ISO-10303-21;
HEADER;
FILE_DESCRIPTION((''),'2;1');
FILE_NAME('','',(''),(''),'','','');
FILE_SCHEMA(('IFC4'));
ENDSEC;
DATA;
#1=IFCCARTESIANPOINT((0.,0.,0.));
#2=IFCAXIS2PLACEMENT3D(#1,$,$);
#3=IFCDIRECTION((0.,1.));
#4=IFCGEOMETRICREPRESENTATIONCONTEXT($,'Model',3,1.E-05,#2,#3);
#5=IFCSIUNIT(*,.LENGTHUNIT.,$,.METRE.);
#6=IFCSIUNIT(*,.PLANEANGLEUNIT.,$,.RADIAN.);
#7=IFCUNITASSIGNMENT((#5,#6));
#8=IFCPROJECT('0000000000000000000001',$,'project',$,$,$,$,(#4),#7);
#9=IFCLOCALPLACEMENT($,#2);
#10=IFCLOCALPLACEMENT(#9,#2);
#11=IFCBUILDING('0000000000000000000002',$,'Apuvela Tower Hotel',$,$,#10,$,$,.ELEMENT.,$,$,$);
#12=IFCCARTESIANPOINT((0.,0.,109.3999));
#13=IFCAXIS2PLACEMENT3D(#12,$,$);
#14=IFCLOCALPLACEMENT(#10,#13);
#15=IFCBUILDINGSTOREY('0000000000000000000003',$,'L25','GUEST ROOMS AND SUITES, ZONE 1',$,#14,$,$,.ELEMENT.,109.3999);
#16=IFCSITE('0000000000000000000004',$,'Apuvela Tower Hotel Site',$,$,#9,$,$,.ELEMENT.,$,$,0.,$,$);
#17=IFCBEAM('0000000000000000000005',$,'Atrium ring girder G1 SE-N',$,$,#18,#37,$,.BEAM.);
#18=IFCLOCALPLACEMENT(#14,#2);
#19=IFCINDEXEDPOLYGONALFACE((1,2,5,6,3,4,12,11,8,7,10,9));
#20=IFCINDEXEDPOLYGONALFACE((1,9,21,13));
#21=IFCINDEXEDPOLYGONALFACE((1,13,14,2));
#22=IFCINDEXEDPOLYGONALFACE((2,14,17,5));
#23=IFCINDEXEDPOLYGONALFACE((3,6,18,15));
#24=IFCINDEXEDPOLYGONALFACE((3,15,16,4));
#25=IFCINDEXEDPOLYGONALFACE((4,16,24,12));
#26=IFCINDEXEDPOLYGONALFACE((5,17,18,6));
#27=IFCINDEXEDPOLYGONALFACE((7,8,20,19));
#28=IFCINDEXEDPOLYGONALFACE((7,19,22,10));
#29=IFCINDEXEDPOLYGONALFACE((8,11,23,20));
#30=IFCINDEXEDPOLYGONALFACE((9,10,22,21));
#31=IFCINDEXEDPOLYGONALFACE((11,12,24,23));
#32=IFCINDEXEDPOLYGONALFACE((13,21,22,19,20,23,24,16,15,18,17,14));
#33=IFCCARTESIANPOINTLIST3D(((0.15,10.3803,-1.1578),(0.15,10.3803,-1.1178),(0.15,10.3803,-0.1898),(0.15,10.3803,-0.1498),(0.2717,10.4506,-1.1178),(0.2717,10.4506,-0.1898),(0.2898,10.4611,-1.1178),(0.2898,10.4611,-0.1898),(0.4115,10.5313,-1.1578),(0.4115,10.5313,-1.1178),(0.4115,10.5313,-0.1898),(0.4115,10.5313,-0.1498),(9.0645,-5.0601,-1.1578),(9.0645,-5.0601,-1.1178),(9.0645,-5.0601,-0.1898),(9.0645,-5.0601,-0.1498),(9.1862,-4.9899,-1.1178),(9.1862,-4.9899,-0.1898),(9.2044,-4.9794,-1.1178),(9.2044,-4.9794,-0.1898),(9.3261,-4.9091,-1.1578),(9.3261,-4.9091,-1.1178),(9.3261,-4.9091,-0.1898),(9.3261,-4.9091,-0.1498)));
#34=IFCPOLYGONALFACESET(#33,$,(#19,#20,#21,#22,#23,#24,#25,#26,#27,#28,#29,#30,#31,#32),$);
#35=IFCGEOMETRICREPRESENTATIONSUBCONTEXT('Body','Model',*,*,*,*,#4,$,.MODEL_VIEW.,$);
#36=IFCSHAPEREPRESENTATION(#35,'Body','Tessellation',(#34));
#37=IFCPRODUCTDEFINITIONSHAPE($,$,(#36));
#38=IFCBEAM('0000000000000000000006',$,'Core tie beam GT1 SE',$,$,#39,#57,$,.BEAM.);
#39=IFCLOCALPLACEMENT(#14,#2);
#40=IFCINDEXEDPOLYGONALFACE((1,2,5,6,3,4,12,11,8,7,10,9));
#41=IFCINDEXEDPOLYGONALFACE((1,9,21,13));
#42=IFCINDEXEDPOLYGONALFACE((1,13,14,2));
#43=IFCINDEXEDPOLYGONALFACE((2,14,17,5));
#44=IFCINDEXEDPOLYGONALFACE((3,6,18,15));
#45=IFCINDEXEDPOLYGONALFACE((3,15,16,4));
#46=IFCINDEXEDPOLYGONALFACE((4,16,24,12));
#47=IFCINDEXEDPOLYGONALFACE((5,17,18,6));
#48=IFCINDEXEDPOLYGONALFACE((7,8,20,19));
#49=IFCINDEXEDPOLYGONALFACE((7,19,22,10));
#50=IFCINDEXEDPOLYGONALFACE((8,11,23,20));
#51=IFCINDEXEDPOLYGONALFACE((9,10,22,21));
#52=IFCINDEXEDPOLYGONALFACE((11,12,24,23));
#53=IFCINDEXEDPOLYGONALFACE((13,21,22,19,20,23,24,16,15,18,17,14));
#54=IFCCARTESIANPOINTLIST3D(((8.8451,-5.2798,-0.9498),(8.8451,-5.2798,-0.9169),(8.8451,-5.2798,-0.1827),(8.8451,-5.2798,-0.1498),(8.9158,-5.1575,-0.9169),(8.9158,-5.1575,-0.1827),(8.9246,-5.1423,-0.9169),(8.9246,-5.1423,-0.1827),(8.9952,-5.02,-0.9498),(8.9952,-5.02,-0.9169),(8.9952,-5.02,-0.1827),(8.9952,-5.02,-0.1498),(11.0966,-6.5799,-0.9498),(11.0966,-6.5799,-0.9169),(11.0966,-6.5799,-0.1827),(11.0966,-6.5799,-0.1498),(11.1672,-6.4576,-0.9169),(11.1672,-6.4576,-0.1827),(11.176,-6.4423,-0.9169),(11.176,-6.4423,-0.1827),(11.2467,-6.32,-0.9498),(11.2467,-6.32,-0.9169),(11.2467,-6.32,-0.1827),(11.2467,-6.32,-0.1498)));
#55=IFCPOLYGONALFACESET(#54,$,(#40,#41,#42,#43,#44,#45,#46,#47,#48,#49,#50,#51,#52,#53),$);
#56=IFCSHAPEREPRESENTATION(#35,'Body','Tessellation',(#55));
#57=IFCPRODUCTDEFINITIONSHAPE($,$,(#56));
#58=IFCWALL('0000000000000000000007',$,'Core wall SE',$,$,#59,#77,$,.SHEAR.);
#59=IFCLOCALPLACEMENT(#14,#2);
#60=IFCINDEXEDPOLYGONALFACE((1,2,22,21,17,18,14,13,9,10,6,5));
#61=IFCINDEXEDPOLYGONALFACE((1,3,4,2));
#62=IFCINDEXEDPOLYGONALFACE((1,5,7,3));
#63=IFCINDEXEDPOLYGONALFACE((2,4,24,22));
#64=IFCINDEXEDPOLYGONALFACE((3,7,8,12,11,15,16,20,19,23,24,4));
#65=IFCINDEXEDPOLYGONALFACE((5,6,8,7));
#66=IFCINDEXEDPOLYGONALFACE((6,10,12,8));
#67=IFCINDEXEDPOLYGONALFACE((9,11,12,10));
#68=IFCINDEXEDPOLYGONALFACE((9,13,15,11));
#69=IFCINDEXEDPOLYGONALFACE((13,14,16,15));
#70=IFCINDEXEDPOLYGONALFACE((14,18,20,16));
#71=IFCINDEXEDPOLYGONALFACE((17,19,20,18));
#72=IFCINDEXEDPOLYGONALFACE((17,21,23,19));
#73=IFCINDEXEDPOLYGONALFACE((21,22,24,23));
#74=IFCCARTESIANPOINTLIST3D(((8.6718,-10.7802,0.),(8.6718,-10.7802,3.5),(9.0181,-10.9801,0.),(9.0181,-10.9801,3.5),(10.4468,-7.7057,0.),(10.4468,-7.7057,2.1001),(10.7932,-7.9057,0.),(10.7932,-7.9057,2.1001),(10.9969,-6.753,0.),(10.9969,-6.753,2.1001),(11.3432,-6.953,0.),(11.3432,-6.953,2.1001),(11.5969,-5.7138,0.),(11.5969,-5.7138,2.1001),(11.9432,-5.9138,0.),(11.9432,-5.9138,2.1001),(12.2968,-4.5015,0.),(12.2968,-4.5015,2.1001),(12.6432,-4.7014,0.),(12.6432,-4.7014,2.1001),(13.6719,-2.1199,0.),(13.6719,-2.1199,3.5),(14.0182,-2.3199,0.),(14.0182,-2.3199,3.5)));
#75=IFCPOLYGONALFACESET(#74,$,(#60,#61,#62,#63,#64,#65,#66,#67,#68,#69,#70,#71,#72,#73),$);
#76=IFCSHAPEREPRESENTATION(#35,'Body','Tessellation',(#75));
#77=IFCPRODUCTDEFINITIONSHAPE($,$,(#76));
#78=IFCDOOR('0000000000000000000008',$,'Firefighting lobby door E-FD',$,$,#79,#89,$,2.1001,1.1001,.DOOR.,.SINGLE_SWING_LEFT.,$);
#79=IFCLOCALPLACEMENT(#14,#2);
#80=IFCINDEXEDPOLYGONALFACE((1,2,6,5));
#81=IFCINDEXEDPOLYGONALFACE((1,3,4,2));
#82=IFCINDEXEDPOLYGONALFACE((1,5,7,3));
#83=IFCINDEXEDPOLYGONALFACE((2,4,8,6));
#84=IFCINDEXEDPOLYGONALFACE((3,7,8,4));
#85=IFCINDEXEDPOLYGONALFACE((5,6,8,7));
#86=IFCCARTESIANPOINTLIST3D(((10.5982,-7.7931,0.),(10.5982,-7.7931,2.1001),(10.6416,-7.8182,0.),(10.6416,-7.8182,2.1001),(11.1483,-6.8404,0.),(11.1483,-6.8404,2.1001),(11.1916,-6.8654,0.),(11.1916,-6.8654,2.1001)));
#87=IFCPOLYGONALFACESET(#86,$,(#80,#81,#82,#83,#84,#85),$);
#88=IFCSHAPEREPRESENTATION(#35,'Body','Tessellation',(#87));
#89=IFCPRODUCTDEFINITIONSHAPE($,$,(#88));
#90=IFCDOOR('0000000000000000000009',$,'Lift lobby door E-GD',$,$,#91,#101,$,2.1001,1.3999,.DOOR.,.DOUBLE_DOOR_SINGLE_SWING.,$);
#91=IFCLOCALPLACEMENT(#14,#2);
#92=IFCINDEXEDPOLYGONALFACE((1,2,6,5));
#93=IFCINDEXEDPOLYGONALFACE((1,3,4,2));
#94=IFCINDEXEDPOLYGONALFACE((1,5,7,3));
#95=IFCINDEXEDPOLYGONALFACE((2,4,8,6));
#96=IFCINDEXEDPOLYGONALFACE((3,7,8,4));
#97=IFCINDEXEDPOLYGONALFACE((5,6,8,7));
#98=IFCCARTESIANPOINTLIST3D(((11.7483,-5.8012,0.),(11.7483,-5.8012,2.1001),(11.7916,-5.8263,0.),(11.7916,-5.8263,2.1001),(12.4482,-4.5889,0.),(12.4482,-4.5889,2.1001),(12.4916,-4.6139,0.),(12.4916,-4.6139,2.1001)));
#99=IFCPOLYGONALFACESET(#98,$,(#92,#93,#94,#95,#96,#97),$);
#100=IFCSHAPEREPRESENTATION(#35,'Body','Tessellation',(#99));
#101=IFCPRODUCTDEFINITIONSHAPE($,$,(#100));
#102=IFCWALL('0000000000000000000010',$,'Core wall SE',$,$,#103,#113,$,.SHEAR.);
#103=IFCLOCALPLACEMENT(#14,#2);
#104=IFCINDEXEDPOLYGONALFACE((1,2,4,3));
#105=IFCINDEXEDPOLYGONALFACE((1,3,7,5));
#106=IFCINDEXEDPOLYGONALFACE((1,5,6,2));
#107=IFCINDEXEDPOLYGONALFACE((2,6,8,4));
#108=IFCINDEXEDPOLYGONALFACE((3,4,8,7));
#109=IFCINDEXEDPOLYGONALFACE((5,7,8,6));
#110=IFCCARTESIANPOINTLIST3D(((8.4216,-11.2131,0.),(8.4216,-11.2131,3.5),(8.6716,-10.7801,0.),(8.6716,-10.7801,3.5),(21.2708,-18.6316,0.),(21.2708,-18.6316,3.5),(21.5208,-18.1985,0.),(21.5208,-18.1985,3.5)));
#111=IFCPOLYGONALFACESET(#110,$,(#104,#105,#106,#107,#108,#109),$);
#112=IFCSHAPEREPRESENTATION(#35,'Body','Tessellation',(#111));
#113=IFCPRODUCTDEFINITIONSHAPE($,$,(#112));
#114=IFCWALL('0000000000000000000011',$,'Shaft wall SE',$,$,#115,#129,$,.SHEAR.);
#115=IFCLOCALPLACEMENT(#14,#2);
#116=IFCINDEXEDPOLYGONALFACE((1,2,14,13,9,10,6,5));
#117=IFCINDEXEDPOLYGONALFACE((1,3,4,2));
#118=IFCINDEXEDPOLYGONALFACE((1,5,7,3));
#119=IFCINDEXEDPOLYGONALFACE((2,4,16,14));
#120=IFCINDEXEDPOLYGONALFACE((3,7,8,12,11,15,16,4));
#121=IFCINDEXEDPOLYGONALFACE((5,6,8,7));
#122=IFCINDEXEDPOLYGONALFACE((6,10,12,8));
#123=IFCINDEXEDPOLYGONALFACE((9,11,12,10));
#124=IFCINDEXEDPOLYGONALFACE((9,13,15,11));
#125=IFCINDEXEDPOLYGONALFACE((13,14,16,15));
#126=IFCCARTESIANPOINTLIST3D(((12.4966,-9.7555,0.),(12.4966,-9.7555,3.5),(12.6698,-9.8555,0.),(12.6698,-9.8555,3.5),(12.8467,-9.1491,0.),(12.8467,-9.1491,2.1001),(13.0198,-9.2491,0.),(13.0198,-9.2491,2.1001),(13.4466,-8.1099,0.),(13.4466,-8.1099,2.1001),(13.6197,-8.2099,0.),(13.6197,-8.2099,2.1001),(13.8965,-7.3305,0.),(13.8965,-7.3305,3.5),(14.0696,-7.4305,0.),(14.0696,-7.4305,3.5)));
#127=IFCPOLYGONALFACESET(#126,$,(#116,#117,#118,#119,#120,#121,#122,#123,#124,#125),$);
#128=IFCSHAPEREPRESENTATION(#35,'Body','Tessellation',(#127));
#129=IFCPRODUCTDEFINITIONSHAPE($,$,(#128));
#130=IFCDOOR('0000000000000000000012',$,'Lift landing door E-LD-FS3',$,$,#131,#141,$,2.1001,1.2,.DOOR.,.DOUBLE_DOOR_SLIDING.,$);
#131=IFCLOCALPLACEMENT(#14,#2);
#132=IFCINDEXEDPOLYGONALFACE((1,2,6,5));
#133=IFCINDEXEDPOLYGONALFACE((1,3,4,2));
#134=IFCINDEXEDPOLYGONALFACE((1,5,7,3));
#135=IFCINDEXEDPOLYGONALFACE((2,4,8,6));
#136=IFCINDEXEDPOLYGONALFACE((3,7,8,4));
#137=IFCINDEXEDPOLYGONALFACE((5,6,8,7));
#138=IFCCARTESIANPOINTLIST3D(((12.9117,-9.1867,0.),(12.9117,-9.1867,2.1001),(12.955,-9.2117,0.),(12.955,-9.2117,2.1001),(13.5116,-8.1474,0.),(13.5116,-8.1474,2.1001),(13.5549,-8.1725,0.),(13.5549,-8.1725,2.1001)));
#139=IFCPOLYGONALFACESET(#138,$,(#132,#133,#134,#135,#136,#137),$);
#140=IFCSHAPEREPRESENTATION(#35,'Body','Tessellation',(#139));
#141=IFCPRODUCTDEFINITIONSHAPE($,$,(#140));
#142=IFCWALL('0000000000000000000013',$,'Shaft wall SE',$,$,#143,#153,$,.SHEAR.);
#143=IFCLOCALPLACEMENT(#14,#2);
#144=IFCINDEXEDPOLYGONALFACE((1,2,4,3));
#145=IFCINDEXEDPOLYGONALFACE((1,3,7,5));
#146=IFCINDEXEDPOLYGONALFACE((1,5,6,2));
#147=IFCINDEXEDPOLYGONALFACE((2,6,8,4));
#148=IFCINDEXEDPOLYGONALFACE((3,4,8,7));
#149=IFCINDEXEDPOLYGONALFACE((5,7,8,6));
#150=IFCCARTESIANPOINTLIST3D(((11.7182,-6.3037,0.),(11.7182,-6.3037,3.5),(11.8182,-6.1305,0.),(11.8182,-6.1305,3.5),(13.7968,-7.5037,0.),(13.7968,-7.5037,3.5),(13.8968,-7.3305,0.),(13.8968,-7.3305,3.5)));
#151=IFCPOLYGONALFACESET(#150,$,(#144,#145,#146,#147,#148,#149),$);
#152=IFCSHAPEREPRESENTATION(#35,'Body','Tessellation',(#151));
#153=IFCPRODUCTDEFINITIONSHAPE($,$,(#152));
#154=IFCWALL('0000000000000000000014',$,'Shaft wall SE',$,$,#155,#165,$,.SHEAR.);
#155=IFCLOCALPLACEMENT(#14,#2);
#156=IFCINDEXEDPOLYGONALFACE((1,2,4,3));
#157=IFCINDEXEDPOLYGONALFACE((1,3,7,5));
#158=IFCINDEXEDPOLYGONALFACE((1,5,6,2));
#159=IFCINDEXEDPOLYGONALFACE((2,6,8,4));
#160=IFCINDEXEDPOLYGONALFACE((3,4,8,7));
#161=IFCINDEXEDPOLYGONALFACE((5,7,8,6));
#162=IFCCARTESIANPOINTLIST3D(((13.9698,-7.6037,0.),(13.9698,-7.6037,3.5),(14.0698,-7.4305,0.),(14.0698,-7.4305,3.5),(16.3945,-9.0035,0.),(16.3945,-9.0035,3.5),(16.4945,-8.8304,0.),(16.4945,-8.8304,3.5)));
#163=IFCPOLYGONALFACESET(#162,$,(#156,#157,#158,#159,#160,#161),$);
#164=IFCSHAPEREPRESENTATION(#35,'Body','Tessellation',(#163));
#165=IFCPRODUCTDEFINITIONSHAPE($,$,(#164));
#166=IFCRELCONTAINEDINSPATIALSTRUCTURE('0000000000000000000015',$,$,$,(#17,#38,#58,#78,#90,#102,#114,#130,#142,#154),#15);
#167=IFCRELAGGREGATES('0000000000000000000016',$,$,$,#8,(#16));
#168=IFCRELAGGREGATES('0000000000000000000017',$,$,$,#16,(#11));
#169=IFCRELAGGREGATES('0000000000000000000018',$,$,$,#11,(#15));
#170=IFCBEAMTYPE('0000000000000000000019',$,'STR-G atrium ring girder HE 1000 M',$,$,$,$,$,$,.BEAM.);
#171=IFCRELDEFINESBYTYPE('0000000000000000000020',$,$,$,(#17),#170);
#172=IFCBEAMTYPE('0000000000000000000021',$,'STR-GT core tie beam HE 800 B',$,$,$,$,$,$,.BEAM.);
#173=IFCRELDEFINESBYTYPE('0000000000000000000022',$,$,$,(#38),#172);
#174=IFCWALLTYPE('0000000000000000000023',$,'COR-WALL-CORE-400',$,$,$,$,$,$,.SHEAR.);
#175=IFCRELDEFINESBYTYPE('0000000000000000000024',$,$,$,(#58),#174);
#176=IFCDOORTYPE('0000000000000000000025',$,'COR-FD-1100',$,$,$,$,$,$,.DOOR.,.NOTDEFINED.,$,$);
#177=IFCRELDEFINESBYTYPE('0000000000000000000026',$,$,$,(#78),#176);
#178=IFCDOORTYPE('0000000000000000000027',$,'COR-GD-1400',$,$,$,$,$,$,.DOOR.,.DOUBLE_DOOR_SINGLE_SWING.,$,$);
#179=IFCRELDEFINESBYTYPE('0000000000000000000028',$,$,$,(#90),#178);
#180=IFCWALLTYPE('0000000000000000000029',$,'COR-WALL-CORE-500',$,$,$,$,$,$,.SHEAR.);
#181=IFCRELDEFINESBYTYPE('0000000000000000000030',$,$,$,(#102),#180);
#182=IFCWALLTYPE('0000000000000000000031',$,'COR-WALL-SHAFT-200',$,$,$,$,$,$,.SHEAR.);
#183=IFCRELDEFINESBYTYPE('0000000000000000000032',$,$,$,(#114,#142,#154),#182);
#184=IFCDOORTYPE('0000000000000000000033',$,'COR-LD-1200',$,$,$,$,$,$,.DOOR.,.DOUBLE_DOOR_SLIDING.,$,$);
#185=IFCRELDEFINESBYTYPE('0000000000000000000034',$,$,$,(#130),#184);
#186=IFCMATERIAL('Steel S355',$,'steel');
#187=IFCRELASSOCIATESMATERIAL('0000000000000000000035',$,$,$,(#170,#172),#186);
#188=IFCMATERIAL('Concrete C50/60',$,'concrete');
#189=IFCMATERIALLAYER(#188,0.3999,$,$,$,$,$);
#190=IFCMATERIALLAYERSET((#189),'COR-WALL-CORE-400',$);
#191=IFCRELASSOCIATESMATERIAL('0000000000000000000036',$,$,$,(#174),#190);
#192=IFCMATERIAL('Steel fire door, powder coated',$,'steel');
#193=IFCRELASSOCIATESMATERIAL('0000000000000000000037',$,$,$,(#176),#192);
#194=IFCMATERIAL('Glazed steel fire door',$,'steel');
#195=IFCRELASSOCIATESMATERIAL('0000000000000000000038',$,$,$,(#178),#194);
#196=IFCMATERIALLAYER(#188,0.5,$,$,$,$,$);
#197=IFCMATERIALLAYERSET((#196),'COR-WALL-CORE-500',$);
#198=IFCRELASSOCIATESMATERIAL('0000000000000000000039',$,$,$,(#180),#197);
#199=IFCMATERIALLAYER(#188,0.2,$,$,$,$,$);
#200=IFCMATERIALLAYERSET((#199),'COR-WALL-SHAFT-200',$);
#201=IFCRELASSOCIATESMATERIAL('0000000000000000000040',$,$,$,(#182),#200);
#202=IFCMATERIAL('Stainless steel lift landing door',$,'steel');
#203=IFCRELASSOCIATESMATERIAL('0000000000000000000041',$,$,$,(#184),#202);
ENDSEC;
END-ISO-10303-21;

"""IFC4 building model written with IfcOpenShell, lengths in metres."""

from ifc_helpers import new_model, si_unit, direction, frame, frame_2d, origin, origin_2d, place, context, subcontext, project, spatial, rectangle, i_section, extrude, material, layer, layer_set, material_profile, profile_set, type_object, element, fill, save


model = new_model("IFC4")

# Units and contexts
model_context = context("Model", 3, precision=1e-05, world=origin(), true_north=direction((0.0, 1.0)))
body_context = subcontext(model_context, "Body", "Model", "MODEL_VIEW")
ifc_project = project(units=[si_unit("LENGTHUNIT", "METRE"), si_unit("PLANEANGLEUNIT", "RADIAN")], contexts=[model_context])

# Site, building, storey
site_placement = place(None, origin())
site = spatial("IfcSite", under=ifc_project, at=site_placement, Name="Apuvela Tower Hotel Site", CompositionType="ELEMENT", RefElevation=0.0)
building_placement = place(site_placement, origin())
building = spatial("IfcBuilding", under=site, at=building_placement, Name="Apuvela Tower Hotel", CompositionType="ELEMENT")
storey_placement = place(building_placement, frame((0.0, 0.0, 109.3999)))
storey = spatial("IfcBuildingStorey", under=building, at=storey_placement, Name="L25", Description="GUEST ROOMS AND SUITES, ZONE 1", CompositionType="ELEMENT", Elevation=109.3999)

# Beams
ifc_material_1 = material(Name="Steel S355", Category="steel")
ifc_material_profile_1 = material_profile(ifc_material_1, i_section(OverallWidth=0.302, OverallDepth=1.0081, WebThickness=0.021, FlangeThickness=0.04, at=origin_2d()), Name="HE 1000 M")
ifc_profile_set_1 = profile_set([ifc_material_profile_1], Name="Steel S355")
beam_type_1 = type_object("IfcBeamType", Name="STR-G atrium ring girder HE 1000 M", PredefinedType="BEAM", material=ifc_profile_set_1)
beam_1_placement = place(storey_placement, frame((9.1953, -4.9846, -0.6538), z_axis=(-0.500001, 0.866025, 0.0), x_axis=(-0.866025, -0.500001, 0.0)))
element("IfcBeam", 1, at=beam_1_placement, inside=storey, type_object=beam_type_1, Name="Atrium ring girder G1 SE-N", PredefinedType="BEAM", context=body_context, shape_type="SweptSolid", body=[
    extrude(i_section(OverallWidth=0.302, OverallDepth=1.0081, WebThickness=0.021, FlangeThickness=0.04, at=origin_2d()), origin(), (0.0, 0.0, 1.0), 17.8291),
])
ifc_material_profile_2 = material_profile(ifc_material_1, i_section(OverallWidth=0.3, OverallDepth=0.8, WebThickness=0.0176, FlangeThickness=0.033, at=origin_2d()), Name="HE 800 B")
ifc_profile_set_2 = profile_set([ifc_material_profile_2], Name="Steel S355")
beam_type_2 = type_object("IfcBeamType", Name="STR-GT core tie beam HE 800 B", PredefinedType="BEAM", material=ifc_profile_set_2)
beam_2_placement = place(storey_placement, frame((11.1716, -6.45, -0.5498), z_axis=(-0.865998, 0.500048, 0.0), x_axis=(-0.500048, -0.865998, 0.0)))
element("IfcBeam", 2, at=beam_2_placement, inside=storey, type_object=beam_type_2, Name="Core tie beam GT1 SE", PredefinedType="BEAM", context=body_context, shape_type="SweptSolid", body=[
    extrude(i_section(OverallWidth=0.3, OverallDepth=0.8, WebThickness=0.0176, FlangeThickness=0.033, at=origin_2d()), origin(), (0.0, 0.0, 1.0), 2.5999),
])

# Wall, openings, doors
ifc_material_2 = material(Name="Concrete C50/60", Category="concrete")
ifc_layer_1 = layer(ifc_material_2, 0.3999)
ifc_layer_set_1 = layer_set([ifc_layer_1], Name="COR-WALL-CORE-400")
wall_type_1 = type_object("IfcWallType", Name="COR-WALL-CORE-400", PredefinedType="SHEAR", material=ifc_layer_set_1)
wall_1_placement = place(storey_placement, frame((8.845, -10.8801, 0.0), z_axis=(0.0, 0.0, 1.0), x_axis=(0.500004, 0.866023, 0.0)))
wall_1 = element("IfcWall", 3, at=wall_1_placement, inside=storey, type_object=wall_type_1, Name="Core wall SE", PredefinedType="SHEAR", context=body_context, shape_type="SweptSolid", body=[
    extrude(rectangle(XDim=10.0, YDim=0.3999, at=frame_2d((5.0, 0.0))), origin(), (0.0, 0.0, 1.0), 3.5),
])
opening_1_placement = place(wall_1_placement, frame((3.55, 0.0, 0.0)))
opening_1 = element("IfcOpeningElement", 4, at=opening_1_placement, cuts=wall_1, PredefinedType="OPENING", context=body_context, shape_type="SweptSolid", body=[
    extrude(rectangle(XDim=1.1001, YDim=2.1001, at=frame_2d((0.55, 1.05))), frame((0.0, 0.21, 0.0), z_axis=(0.0, -1.0, 0.0), x_axis=(1.0, 0.0, 0.0)), (0.0, 0.0, 1.0), 0.4199),
])
opening_2_placement = place(wall_1_placement, frame((5.8501, 0.0, 0.0)))
opening_2 = element("IfcOpeningElement", 5, at=opening_2_placement, cuts=wall_1, PredefinedType="OPENING", context=body_context, shape_type="SweptSolid", body=[
    extrude(rectangle(XDim=1.3999, YDim=2.1001, at=frame_2d((0.7, 1.05))), frame((0.0, 0.21, 0.0), z_axis=(0.0, -1.0, 0.0), x_axis=(1.0, 0.0, 0.0)), (0.0, 0.0, 1.0), 0.4199),
])
ifc_material_3 = material(Name="Steel fire door, powder coated", Category="steel")
door_type_1 = type_object("IfcDoorType", Name="COR-FD-1100", OperationType="NOTDEFINED", PredefinedType="DOOR", material=ifc_material_3)
door_1_placement = place(opening_1_placement, frame((1.1001, 0.0, 0.0), z_axis=(0.0, 0.0, 1.0), x_axis=(-1.0, 0.0, 0.0)))
door_1 = element("IfcDoor", 6, at=door_1_placement, inside=storey, type_object=door_type_1, Name="Firefighting lobby door E-FD", OperationType="SINGLE_SWING_LEFT", OverallHeight=2.1001, OverallWidth=1.1001, PredefinedType="DOOR", context=body_context, shape_type="SweptSolid", body=[
    extrude(rectangle(XDim=1.1001, YDim=2.1001, at=frame_2d((0.55, 1.05))), frame((0.0, 0.0249, 0.0), z_axis=(0.0, -1.0, 0.0), x_axis=(1.0, 0.0, 0.0)), (0.0, 0.0, 1.0), 0.05),
])
fill(opening_1, door_1)
ifc_material_4 = material(Name="Glazed steel fire door", Category="steel")
door_type_2 = type_object("IfcDoorType", Name="COR-GD-1400", OperationType="DOUBLE_DOOR_SINGLE_SWING", PredefinedType="DOOR", material=ifc_material_4)
door_2_placement = place(opening_2_placement, frame((1.3999, 0.0, 0.0), z_axis=(0.0, 0.0, 1.0), x_axis=(-1.0, 0.0, 0.0)))
door_2 = element("IfcDoor", 7, at=door_2_placement, inside=storey, type_object=door_type_2, Name="Lift lobby door E-GD", OperationType="DOUBLE_DOOR_SINGLE_SWING", OverallHeight=2.1001, OverallWidth=1.3999, PredefinedType="DOOR", context=body_context, shape_type="SweptSolid", body=[
    extrude(rectangle(XDim=1.3999, YDim=2.1001, at=frame_2d((0.7, 1.05))), frame((0.0, 0.0249, 0.0), z_axis=(0.0, -1.0, 0.0), x_axis=(1.0, 0.0, 0.0)), (0.0, 0.0, 1.0), 0.05),
])
fill(opening_2, door_2)

# Wall
ifc_layer_2 = layer(ifc_material_2, 0.5)
ifc_layer_set_2 = layer_set([ifc_layer_2], Name="COR-WALL-CORE-500")
wall_type_2 = type_object("IfcWallType", Name="COR-WALL-CORE-500", PredefinedType="SHEAR", material=ifc_layer_set_2)
wall_2_placement = place(storey_placement, frame((8.5466, -10.9966, 0.0), z_axis=(0.0, 0.0, 1.0), x_axis=(0.866025, -0.500001, 0.0)))
element("IfcWall", 8, at=wall_2_placement, inside=storey, type_object=wall_type_2, Name="Core wall SE", PredefinedType="SHEAR", context=body_context, shape_type="SweptSolid", body=[
    extrude(rectangle(XDim=14.8369, YDim=0.5, at=frame_2d((7.4185, 0.0))), origin(), (0.0, 0.0, 1.0), 3.5),
])

# Wall, opening, door
ifc_layer_3 = layer(ifc_material_2, 0.2)
ifc_layer_set_3 = layer_set([ifc_layer_3], Name="COR-WALL-SHAFT-200")
wall_type_3 = type_object("IfcWallType", Name="COR-WALL-SHAFT-200", PredefinedType="SHEAR", material=ifc_layer_set_3)
wall_3_placement = place(storey_placement, frame((12.5833, -9.8054, 0.0), z_axis=(0.0, 0.0, 1.0), x_axis=(0.499946, 0.866056, 0.0)))
wall_3 = element("IfcWall", 9, at=wall_3_placement, inside=storey, type_object=wall_type_3, Name="Shaft wall SE", PredefinedType="SHEAR", context=body_context, shape_type="SweptSolid", body=[
    extrude(rectangle(XDim=2.8, YDim=0.2, at=frame_2d((1.3999, 0.0))), origin(), (0.0, 0.0, 1.0), 3.5),
])
opening_3_placement = place(wall_3_placement, frame((0.7, 0.0, 0.0)))
opening_3 = element("IfcOpeningElement", 10, at=opening_3_placement, cuts=wall_3, PredefinedType="OPENING", context=body_context, shape_type="SweptSolid", body=[
    extrude(rectangle(XDim=1.2, YDim=2.1001, at=frame_2d((0.6001, 1.05))), frame((0.0, 0.1099, 0.0), z_axis=(0.0, -1.0, 0.0), x_axis=(1.0, 0.0, 0.0)), (0.0, 0.0, 1.0), 0.22),
])
ifc_material_5 = material(Name="Stainless steel lift landing door", Category="steel")
door_type_3 = type_object("IfcDoorType", Name="COR-LD-1200", OperationType="DOUBLE_DOOR_SLIDING", PredefinedType="DOOR", material=ifc_material_5)
door_3_placement = place(opening_3_placement, origin())
door_3 = element("IfcDoor", 11, at=door_3_placement, inside=storey, type_object=door_type_3, Name="Lift landing door E-LD-FS3", OperationType="DOUBLE_DOOR_SLIDING", OverallHeight=2.1001, OverallWidth=1.2, PredefinedType="DOOR", context=body_context, shape_type="SweptSolid", body=[
    extrude(rectangle(XDim=1.2, YDim=2.1001, at=frame_2d((0.6001, 1.05))), frame((0.0, 0.0249, 0.0), z_axis=(0.0, -1.0, 0.0), x_axis=(1.0, 0.0, 0.0)), (0.0, 0.0, 1.0), 0.05),
])
fill(opening_3, door_3)

# Walls
wall_4_placement = place(storey_placement, frame((11.7681, -6.217, 0.0), z_axis=(0.0, 0.0, 1.0), x_axis=(0.86605, -0.499957, 0.0)))
element("IfcWall", 12, at=wall_4_placement, inside=storey, type_object=wall_type_3, Name="Shaft wall SE", PredefinedType="SHEAR", context=body_context, shape_type="SweptSolid", body=[
    extrude(rectangle(XDim=2.4001, YDim=0.2, at=frame_2d((1.2002, 0.0))), origin(), (0.0, 0.0, 1.0), 3.5),
])
wall_5_placement = place(storey_placement, frame((14.0198, -7.5171, 0.0), z_axis=(0.0, 0.0, 1.0), x_axis=(0.866035, -0.499984, 0.0)))
element("IfcWall", 13, at=wall_5_placement, inside=storey, type_object=wall_type_3, Name="Shaft wall SE", PredefinedType="SHEAR", context=body_context, shape_type="SweptSolid", body=[
    extrude(rectangle(XDim=2.7998, YDim=0.2, at=frame_2d((1.3999, 0.0))), origin(), (0.0, 0.0, 1.0), 3.5),
])

save(model, "model.ifc")
